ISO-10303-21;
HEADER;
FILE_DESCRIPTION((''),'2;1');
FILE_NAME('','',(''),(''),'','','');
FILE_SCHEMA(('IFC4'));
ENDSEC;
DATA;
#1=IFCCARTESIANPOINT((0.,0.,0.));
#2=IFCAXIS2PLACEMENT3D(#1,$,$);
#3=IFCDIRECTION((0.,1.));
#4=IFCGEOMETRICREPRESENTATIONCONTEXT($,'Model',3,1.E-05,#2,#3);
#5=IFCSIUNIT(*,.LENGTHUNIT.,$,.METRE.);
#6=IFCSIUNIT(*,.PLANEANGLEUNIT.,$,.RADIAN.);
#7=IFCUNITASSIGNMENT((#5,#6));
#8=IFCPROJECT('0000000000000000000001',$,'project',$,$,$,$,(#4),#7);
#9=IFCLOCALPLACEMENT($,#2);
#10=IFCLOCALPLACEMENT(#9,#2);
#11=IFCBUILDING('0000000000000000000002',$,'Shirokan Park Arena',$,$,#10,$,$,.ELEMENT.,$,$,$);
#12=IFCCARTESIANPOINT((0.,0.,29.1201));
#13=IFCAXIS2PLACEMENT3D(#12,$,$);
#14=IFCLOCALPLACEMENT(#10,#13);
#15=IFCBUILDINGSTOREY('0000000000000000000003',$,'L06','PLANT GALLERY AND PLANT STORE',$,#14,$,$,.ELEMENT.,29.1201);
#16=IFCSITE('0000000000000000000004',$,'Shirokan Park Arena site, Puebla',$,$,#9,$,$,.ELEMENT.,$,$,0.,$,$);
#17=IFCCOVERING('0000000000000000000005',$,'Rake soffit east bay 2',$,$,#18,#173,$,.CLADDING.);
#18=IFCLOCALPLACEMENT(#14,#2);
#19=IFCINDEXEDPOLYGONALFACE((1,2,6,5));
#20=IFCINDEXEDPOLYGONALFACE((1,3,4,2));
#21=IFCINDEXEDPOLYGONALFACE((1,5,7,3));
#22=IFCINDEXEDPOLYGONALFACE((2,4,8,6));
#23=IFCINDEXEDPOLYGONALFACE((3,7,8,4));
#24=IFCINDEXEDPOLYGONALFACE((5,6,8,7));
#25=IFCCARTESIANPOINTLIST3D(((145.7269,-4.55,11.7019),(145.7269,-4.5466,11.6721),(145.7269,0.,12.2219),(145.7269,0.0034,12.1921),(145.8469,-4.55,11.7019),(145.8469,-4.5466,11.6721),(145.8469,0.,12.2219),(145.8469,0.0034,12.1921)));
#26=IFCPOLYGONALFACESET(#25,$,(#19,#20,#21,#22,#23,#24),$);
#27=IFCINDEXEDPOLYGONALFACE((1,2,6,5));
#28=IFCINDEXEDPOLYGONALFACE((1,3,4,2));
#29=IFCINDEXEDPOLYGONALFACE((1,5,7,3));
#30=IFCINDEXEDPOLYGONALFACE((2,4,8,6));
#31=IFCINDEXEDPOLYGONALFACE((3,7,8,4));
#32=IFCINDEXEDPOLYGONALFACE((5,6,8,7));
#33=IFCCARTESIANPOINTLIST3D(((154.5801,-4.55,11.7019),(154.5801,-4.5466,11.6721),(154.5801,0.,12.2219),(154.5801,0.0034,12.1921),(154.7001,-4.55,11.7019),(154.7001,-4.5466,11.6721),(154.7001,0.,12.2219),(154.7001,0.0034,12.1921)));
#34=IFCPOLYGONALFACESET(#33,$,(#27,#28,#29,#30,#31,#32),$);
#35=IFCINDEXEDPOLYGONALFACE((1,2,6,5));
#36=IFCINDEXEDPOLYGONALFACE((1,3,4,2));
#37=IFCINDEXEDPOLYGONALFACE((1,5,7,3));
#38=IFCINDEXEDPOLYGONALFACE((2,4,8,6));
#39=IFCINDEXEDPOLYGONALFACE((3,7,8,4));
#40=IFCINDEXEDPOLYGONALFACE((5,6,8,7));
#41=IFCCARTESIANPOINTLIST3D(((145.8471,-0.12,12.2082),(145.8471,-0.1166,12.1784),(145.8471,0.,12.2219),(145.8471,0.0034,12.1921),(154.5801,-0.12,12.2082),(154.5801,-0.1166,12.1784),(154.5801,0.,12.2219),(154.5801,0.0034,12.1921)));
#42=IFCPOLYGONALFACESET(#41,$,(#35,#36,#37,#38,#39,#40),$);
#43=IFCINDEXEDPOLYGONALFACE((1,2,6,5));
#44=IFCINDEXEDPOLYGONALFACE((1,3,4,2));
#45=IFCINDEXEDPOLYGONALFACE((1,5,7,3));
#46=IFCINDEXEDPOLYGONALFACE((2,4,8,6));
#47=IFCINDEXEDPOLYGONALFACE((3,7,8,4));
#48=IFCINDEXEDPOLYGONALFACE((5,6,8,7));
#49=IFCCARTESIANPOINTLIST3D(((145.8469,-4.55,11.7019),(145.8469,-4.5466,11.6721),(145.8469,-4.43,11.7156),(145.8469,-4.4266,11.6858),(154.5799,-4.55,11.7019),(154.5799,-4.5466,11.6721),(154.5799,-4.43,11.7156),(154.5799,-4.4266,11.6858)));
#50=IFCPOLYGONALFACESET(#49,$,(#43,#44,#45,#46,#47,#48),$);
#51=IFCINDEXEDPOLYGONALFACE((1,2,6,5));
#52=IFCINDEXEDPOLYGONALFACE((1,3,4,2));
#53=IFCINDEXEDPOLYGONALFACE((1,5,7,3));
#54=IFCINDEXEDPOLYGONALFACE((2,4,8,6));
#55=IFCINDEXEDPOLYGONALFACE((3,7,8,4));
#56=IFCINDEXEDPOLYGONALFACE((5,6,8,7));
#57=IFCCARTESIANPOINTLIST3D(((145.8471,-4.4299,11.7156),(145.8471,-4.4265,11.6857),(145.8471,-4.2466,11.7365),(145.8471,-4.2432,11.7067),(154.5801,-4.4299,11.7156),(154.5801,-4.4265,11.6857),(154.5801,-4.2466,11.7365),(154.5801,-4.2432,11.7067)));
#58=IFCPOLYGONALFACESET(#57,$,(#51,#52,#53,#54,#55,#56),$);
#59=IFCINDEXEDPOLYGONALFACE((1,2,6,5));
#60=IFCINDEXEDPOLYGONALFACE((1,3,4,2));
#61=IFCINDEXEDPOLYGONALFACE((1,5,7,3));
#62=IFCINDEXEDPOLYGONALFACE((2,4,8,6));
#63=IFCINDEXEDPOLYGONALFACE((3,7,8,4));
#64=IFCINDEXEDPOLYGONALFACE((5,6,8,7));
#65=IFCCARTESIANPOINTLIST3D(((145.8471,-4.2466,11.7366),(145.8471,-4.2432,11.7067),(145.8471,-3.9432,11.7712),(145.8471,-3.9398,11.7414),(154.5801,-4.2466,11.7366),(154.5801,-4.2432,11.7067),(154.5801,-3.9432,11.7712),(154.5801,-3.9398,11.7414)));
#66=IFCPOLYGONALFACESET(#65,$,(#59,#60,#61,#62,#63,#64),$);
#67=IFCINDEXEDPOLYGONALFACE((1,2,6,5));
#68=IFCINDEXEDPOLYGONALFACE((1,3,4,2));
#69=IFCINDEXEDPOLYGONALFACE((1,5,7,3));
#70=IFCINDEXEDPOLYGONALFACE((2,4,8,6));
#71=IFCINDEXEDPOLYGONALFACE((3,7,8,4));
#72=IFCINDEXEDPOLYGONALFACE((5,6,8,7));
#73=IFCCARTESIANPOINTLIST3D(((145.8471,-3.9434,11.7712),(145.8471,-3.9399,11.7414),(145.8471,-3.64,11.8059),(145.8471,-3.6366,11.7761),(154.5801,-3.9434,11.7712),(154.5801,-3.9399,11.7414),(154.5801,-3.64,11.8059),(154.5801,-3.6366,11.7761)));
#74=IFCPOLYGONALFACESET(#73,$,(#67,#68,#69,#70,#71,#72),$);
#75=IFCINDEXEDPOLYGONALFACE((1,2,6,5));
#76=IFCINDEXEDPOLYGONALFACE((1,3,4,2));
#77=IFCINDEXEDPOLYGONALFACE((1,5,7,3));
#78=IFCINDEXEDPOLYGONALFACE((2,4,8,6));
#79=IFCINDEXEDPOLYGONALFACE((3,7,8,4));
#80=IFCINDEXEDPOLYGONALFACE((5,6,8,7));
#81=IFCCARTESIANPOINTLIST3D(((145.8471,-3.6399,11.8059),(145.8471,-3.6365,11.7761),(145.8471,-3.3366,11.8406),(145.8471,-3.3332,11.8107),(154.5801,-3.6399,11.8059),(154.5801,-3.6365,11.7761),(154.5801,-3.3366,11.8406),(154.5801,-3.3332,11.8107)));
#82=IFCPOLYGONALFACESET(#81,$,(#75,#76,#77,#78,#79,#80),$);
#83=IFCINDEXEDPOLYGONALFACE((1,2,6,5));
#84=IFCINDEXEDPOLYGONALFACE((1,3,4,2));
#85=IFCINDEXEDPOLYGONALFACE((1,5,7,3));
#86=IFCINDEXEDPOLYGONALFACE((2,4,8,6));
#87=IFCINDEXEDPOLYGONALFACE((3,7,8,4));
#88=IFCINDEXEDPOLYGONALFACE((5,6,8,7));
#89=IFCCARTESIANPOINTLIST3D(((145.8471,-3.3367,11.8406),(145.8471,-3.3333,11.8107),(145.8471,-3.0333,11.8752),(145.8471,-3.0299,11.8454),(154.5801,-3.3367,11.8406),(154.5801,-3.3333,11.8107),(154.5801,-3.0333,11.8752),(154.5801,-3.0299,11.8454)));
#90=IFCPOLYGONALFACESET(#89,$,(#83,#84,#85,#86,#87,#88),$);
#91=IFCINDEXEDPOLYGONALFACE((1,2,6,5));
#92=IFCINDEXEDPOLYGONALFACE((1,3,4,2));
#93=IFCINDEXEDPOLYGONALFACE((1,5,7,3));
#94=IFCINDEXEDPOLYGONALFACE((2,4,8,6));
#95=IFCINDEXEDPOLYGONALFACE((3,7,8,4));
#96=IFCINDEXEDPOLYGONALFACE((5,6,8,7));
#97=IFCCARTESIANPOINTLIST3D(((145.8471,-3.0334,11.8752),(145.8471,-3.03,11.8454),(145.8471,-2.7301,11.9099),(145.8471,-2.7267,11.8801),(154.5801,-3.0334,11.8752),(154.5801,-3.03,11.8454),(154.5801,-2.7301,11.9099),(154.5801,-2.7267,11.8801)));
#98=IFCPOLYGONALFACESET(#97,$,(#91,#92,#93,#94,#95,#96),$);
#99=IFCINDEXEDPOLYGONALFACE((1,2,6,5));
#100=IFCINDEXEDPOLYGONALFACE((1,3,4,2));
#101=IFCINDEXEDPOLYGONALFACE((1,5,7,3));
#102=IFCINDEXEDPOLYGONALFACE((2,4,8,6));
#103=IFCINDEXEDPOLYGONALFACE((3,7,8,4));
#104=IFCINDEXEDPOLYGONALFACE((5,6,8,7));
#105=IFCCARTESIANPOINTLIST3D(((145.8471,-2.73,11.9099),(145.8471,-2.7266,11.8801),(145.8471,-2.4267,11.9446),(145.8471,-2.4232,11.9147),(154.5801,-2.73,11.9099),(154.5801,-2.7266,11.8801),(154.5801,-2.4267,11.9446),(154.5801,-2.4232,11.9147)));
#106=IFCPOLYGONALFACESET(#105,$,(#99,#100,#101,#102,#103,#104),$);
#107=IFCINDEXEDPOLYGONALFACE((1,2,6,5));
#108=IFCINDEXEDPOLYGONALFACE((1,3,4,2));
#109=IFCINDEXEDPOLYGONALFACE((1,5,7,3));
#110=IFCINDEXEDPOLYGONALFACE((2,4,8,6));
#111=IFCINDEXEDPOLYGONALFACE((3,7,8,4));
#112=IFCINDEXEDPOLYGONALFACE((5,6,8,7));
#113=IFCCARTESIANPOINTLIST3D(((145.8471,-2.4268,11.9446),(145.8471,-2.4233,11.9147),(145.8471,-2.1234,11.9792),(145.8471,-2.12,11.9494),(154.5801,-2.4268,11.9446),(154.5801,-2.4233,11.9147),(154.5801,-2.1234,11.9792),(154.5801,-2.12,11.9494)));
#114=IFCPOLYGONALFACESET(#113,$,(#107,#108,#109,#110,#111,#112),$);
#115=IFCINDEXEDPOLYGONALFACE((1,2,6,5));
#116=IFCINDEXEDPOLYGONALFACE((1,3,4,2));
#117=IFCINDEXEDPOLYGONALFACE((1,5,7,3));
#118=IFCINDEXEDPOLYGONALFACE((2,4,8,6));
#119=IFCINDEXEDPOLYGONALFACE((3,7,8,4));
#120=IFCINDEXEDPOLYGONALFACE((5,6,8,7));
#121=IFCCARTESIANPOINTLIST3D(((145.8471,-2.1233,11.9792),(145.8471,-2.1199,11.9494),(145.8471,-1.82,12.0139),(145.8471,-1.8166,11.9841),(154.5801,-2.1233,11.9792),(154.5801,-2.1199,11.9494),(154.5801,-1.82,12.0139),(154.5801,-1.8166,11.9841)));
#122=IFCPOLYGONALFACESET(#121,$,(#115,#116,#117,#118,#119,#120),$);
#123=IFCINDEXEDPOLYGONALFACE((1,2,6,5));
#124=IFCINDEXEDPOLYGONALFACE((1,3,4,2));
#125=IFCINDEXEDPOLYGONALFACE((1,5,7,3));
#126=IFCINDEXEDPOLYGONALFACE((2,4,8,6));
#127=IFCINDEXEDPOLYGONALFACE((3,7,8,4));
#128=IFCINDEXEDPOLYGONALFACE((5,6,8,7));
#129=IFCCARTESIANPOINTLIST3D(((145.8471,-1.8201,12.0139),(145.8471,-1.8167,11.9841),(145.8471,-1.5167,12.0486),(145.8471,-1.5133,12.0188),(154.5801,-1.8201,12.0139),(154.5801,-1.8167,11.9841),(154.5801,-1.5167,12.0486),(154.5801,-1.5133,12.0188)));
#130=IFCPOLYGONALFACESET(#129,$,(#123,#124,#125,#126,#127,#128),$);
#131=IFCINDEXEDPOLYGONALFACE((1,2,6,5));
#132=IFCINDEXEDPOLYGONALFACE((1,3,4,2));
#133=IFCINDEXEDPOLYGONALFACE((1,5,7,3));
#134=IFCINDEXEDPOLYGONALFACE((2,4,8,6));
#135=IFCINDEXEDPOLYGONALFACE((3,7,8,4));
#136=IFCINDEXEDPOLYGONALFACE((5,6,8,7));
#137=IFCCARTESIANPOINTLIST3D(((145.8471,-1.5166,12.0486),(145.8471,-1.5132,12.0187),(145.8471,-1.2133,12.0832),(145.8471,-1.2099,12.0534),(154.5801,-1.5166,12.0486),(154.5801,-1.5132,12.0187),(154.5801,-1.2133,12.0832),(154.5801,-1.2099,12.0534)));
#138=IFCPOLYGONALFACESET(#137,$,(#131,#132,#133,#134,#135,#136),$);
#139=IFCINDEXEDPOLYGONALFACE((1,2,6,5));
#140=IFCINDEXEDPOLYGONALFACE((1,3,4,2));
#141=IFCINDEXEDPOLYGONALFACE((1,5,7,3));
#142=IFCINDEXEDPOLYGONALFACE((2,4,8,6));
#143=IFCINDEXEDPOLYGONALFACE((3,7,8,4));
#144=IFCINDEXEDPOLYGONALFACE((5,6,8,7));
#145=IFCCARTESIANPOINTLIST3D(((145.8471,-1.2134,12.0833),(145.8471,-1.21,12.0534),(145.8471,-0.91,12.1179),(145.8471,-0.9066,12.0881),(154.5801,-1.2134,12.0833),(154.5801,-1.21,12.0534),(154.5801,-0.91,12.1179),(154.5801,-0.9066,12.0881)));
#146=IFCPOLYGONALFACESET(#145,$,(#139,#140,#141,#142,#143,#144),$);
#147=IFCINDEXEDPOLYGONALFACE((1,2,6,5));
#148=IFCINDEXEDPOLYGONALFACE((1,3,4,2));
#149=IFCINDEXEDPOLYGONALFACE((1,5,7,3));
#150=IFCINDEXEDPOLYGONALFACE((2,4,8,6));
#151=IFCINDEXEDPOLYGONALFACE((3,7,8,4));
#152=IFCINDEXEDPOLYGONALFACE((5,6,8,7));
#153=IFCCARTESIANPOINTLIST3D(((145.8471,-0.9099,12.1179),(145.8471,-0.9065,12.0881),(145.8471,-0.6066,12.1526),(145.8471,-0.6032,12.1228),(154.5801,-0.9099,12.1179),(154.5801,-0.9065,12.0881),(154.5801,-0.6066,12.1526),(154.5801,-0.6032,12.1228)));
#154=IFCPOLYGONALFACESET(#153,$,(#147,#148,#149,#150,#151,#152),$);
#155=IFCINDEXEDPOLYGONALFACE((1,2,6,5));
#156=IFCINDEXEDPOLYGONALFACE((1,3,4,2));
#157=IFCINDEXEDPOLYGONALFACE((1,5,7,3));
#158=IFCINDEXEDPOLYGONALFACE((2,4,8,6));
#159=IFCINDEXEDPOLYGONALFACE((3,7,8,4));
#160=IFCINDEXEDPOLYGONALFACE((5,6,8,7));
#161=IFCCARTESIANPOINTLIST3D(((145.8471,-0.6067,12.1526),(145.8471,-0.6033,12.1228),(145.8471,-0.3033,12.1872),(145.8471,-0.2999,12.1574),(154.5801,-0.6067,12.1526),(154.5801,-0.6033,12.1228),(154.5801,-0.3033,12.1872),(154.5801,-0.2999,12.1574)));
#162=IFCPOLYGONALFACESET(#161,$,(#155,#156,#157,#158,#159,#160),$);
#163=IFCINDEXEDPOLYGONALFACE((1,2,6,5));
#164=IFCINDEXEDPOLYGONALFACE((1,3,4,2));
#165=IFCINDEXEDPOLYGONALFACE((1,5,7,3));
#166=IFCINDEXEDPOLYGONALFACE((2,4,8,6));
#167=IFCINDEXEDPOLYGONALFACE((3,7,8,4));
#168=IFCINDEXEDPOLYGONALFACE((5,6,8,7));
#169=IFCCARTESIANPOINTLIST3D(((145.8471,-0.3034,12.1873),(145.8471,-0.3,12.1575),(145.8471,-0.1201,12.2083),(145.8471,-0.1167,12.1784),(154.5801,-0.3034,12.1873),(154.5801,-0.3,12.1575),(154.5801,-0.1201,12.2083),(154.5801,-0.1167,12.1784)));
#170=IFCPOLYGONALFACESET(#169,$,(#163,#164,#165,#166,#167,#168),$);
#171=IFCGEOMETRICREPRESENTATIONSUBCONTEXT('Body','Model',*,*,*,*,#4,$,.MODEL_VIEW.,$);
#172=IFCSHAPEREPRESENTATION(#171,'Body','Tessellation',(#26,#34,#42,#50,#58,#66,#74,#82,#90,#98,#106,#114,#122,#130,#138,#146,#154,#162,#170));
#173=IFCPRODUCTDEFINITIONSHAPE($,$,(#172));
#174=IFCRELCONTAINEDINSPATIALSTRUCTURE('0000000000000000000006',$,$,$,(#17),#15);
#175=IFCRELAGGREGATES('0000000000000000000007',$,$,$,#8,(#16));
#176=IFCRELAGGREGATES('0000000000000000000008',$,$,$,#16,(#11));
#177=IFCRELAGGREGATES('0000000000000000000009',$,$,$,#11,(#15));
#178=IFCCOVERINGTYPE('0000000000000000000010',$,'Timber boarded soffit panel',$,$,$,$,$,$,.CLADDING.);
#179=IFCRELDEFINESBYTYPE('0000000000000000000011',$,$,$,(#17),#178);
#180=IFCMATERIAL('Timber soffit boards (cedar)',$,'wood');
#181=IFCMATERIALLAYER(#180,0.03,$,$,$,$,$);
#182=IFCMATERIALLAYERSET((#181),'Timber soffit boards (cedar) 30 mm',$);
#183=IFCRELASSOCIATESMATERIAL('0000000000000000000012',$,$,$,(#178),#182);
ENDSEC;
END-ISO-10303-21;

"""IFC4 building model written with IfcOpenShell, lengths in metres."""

from ifc_helpers import new_model, si_unit, direction, frame, origin, place, context, subcontext, project, spatial, polyline, outline, extrude, material, layer, layer_set, type_object, element, save


model = new_model("IFC4")

# Units and contexts
model_context = context("Model", 3, precision=1e-05, world=origin(), true_north=direction((0.0, 1.0)))
body_context = subcontext(model_context, "Body", "Model", "MODEL_VIEW")
ifc_project = project(units=[si_unit("LENGTHUNIT", "METRE"), si_unit("PLANEANGLEUNIT", "RADIAN")], contexts=[model_context])

# Site, building, storey
site_placement = place(None, origin())
site = spatial("IfcSite", under=ifc_project, at=site_placement, Name="Shirokan Park Arena site, Puebla", CompositionType="ELEMENT", RefElevation=0.0)
building_placement = place(site_placement, origin())
building = spatial("IfcBuilding", under=site, at=building_placement, Name="Shirokan Park Arena", CompositionType="ELEMENT")
storey_placement = place(building_placement, frame((0.0, 0.0, 29.1201)))
storey = spatial("IfcBuildingStorey", under=building, at=storey_placement, Name="L06", Description="PLANT GALLERY AND PLANT STORE", CompositionType="ELEMENT", Elevation=29.1201)

# Covering
ifc_material = material(Name="Timber soffit boards (cedar)", Category="wood")
ifc_layer = layer(ifc_material, 0.03)
ifc_layer_set = layer_set([ifc_layer], Name="Timber soffit boards (cedar) 30 mm")
covering_type = type_object("IfcCoveringType", Name="Timber boarded soffit panel", PredefinedType="CLADDING", material=ifc_layer_set)
covering_1_placement = place(storey_placement, origin())
element("IfcCovering", 1, at=covering_1_placement, inside=storey, type_object=covering_type, Name="Rake soffit east bay 2", PredefinedType="CLADDING", context=body_context, shape_type="SweptSolid", body=[
    extrude(outline(polyline([(0.0, 0.0), (0.12, 0.0), (0.12, -4.5796), (0.0, -4.5796), (0.0, 0.0)])), frame((145.8469, -4.55, 11.7019), z_axis=(0.0, -0.113547, 0.993533), x_axis=(-1.0, 0.0, 0.0)), (0.0, 0.0, -1.0), 0.03),
    extrude(outline(polyline([(0.0, 0.0), (0.12, 0.0), (0.12, -4.5796), (0.0, -4.5796), (0.0, 0.0)])), frame((154.5801, 0.0, 12.2219), z_axis=(0.0, -0.113547, 0.993533), x_axis=(1.0, 0.0, 0.0)), (0.0, 0.0, -1.0), 0.03),
    extrude(outline(polyline([(0.0, 0.0), (0.1208, 0.0), (0.1208, -8.733), (0.0, -8.733), (0.0, 0.0)])), frame((154.5801, 0.0, 12.2219), z_axis=(0.0, -0.113512, 0.993537), x_axis=(0.0, -0.993537, -0.113512)), (0.0, 0.0, -1.0), 0.03),
    extrude(outline(polyline([(0.0, 0.0), (0.1208, 0.0), (0.1208, -8.733), (0.0, -8.733), (0.0, 0.0)])), frame((145.8469, -4.55, 11.7019), z_axis=(0.0, -0.113512, 0.993537), x_axis=(0.0, 0.993537, 0.113512)), (0.0, 0.0, -1.0), 0.03),
    extrude(outline(polyline([(0.0, 0.0), (8.733, 0.0), (8.733, -0.1845), (0.0, -0.1845), (0.0, 0.0)])), frame((154.5801, -4.4299, 11.7156), z_axis=(0.0, -0.113589, 0.993528), x_axis=(-1.0, 0.0, 0.0)), (0.0, 0.0, -1.0), 0.03),
    extrude(outline(polyline([(0.0, 0.0), (8.733, 0.0), (8.733, -0.3053), (0.0, -0.3053), (0.0, 0.0)])), frame((154.5801, -4.2466, 11.7366), z_axis=(0.0, -0.113523, 0.993535), x_axis=(-1.0, 0.0, 0.0)), (0.0, 0.0, -1.0), 0.03),
    extrude(outline(polyline([(0.0, 0.0), (8.733, 0.0), (8.733, -0.3053), (0.0, -0.3053), (0.0, 0.0)])), frame((154.5801, -3.9434, 11.7712), z_axis=(0.0, -0.113559, 0.993531), x_axis=(-1.0, 0.0, 0.0)), (0.0, 0.0, -1.0), 0.03),
    extrude(outline(polyline([(0.0, 0.0), (8.733, 0.0), (8.733, -0.3053), (0.0, -0.3053), (0.0, 0.0)])), frame((154.5801, -3.6399, 11.8059), z_axis=(0.0, -0.113559, 0.993531), x_axis=(-1.0, 0.0, 0.0)), (0.0, 0.0, -1.0), 0.03),
    extrude(outline(polyline([(0.0, 0.0), (8.733, 0.0), (8.733, -0.3053), (0.0, -0.3053), (0.0, 0.0)])), frame((154.5801, -3.3367, 11.8406), z_axis=(0.0, -0.113523, 0.993535), x_axis=(-1.0, 0.0, 0.0)), (0.0, 0.0, -1.0), 0.03),
    extrude(outline(polyline([(0.0, 0.0), (8.733, 0.0), (8.733, -0.3053), (0.0, -0.3053), (0.0, 0.0)])), frame((154.5801, -3.0334, 11.8752), z_axis=(0.0, -0.113559, 0.993531), x_axis=(-1.0, 0.0, 0.0)), (0.0, 0.0, -1.0), 0.03),
    extrude(outline(polyline([(0.0, 0.0), (8.733, 0.0), (8.733, -0.3053), (0.0, -0.3053), (0.0, 0.0)])), frame((154.5801, -2.73, 11.9099), z_axis=(0.0, -0.113559, 0.993531), x_axis=(-1.0, 0.0, 0.0)), (0.0, 0.0, -1.0), 0.03),
    extrude(outline(polyline([(0.0, 0.0), (8.733, 0.0), (8.733, -0.3053), (0.0, -0.3053), (0.0, 0.0)])), frame((154.5801, -2.4268, 11.9446), z_axis=(0.0, -0.113523, 0.993535), x_axis=(-1.0, 0.0, 0.0)), (0.0, 0.0, -1.0), 0.03),
    extrude(outline(polyline([(0.0, 0.0), (8.733, 0.0), (8.733, -0.3053), (0.0, -0.3053), (0.0, 0.0)])), frame((154.5801, -2.1233, 11.9792), z_axis=(0.0, -0.113559, 0.993531), x_axis=(-1.0, 0.0, 0.0)), (0.0, 0.0, -1.0), 0.03),
    extrude(outline(polyline([(0.0, 0.0), (8.733, 0.0), (8.733, -0.3053), (0.0, -0.3053), (0.0, 0.0)])), frame((154.5801, -1.8201, 12.0139), z_axis=(0.0, -0.113559, 0.993531), x_axis=(-1.0, 0.0, 0.0)), (0.0, 0.0, -1.0), 0.03),
    extrude(outline(polyline([(0.0, 0.0), (8.733, 0.0), (8.733, -0.3053), (0.0, -0.3053), (0.0, 0.0)])), frame((154.5801, -1.5166, 12.0486), z_axis=(0.0, -0.113523, 0.993535), x_axis=(-1.0, 0.0, 0.0)), (0.0, 0.0, -1.0), 0.03),
    extrude(outline(polyline([(0.0, 0.0), (8.733, 0.0), (8.733, -0.3053), (0.0, -0.3053), (0.0, 0.0)])), frame((154.5801, -1.2134, 12.0833), z_axis=(0.0, -0.113559, 0.993531), x_axis=(-1.0, 0.0, 0.0)), (0.0, 0.0, -1.0), 0.03),
    extrude(outline(polyline([(0.0, 0.0), (8.733, 0.0), (8.733, -0.3053), (0.0, -0.3053), (0.0, 0.0)])), frame((154.5801, -0.9099, 12.1179), z_axis=(0.0, -0.113559, 0.993531), x_axis=(-1.0, 0.0, 0.0)), (0.0, 0.0, -1.0), 0.03),
    extrude(outline(polyline([(0.0, 0.0), (8.733, 0.0), (8.733, -0.3053), (0.0, -0.3053), (0.0, 0.0)])), frame((154.5801, -0.6067, 12.1526), z_axis=(0.0, -0.113523, 0.993535), x_axis=(-1.0, 0.0, 0.0)), (0.0, 0.0, -1.0), 0.03),
    extrude(outline(polyline([(0.0, 0.0), (0.1845, 0.0), (0.1845, -8.733), (0.0, -8.733), (0.0, 0.0)])), frame((154.5801, -0.1201, 12.2083), z_axis=(0.0, -0.113589, 0.993528), x_axis=(0.0, -0.993528, -0.113589)), (0.0, 0.0, -1.0), 0.03),
])

save(model, "model.ifc")
